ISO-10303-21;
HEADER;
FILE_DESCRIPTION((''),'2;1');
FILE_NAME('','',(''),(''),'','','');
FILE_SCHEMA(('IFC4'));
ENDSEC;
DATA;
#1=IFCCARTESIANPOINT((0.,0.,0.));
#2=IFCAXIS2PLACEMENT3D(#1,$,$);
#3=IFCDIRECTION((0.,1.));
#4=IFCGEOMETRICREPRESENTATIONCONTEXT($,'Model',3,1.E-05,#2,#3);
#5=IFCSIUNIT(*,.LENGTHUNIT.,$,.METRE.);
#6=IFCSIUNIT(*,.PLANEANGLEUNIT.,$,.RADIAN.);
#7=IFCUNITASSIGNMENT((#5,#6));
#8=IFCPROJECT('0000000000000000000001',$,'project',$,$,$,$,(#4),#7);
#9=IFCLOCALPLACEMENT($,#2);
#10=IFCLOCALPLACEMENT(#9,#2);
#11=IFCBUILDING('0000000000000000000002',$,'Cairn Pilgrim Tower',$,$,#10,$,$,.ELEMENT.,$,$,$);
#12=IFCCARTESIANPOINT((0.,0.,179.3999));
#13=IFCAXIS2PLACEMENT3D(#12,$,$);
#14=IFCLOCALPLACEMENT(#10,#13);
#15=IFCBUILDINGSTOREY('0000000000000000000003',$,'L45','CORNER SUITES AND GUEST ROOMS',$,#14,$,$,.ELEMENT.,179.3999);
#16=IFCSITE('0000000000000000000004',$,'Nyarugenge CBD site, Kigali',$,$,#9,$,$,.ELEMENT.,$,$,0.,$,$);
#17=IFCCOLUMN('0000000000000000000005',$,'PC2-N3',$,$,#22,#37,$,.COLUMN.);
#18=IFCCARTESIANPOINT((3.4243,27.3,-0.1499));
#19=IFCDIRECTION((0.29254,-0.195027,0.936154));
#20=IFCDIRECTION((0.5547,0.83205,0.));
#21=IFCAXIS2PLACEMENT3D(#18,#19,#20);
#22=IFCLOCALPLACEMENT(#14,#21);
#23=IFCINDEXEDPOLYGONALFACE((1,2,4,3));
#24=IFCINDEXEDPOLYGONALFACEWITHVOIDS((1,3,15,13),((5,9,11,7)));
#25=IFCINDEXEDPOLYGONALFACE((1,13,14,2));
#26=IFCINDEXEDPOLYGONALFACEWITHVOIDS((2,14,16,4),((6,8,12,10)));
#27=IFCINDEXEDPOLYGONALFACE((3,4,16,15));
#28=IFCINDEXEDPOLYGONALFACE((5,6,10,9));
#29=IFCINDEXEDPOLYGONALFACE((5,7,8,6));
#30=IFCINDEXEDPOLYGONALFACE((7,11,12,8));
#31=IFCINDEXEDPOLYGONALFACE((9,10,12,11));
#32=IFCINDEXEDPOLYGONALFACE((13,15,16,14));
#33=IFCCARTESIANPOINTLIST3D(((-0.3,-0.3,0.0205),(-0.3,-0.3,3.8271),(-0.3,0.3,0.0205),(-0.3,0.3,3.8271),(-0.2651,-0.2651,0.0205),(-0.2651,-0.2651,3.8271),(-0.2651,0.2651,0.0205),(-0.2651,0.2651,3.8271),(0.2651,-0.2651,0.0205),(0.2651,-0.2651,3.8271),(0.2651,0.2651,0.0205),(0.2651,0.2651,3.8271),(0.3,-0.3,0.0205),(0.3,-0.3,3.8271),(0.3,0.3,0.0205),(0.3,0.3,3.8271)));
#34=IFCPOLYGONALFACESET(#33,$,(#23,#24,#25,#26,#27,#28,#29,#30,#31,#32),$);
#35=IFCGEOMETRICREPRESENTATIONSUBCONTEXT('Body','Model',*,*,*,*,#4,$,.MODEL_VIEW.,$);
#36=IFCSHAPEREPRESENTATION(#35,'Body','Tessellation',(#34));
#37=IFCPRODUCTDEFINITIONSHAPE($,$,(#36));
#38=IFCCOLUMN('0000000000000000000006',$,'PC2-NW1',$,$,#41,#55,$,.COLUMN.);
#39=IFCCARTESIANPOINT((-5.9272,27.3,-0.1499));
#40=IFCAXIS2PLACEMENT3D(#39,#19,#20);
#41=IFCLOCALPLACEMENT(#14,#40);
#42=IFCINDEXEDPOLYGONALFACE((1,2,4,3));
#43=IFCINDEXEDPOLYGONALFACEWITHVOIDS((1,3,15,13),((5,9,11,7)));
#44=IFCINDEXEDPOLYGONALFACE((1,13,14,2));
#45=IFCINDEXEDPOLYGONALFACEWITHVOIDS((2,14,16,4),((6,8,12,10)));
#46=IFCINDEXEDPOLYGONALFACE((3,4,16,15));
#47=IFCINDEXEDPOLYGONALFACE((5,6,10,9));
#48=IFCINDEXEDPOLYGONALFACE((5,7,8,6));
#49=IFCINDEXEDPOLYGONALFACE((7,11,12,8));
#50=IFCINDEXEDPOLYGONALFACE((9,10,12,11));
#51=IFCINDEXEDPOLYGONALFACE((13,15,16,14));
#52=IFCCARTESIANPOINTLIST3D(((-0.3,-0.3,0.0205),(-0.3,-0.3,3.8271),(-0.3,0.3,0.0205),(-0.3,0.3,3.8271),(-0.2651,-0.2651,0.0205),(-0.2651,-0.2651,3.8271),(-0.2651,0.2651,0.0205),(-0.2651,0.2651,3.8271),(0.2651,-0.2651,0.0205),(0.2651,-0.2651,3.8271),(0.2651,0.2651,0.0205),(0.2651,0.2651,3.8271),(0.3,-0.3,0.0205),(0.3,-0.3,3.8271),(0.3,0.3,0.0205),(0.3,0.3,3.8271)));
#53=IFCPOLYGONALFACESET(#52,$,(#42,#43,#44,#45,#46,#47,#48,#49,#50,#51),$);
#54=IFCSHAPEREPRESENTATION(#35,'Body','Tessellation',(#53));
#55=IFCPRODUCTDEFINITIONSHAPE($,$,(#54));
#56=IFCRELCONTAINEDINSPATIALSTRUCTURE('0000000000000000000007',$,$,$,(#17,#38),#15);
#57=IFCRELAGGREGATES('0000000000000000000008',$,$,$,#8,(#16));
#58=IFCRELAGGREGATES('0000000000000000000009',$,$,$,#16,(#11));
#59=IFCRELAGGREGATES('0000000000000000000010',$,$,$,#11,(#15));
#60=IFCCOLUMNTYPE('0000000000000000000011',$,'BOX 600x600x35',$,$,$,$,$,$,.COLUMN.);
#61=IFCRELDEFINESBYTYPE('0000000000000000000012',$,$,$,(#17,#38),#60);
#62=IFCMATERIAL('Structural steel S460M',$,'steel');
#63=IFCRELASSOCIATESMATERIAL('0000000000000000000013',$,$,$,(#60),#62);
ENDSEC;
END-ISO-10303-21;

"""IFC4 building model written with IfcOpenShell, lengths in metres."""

from ifc_helpers import new_model, si_unit, direction, frame, origin, origin_2d, place, context, subcontext, project, spatial, hollow_rectangle, extrude, clip, halfspace, material, material_profile, profile_set, type_object, element, save


model = new_model("IFC4")

# Units and contexts
model_context = context("Model", 3, precision=1e-05, world=origin(), true_north=direction((0.0, 1.0)))
body_context = subcontext(model_context, "Body", "Model", "MODEL_VIEW")
ifc_project = project(units=[si_unit("LENGTHUNIT", "METRE"), si_unit("PLANEANGLEUNIT", "RADIAN")], contexts=[model_context])

# Site, building, storey
site_placement = place(None, origin())
site = spatial("IfcSite", under=ifc_project, at=site_placement, Name="Nyarugenge CBD site, Kigali", CompositionType="ELEMENT", RefElevation=0.0)
building_placement = place(site_placement, origin())
building = spatial("IfcBuilding", under=site, at=building_placement, Name="Cairn Pilgrim Tower", CompositionType="ELEMENT")
storey_placement = place(building_placement, frame((0.0, 0.0, 179.3999)))
storey = spatial("IfcBuildingStorey", under=building, at=storey_placement, Name="L45", Description="CORNER SUITES AND GUEST ROOMS", CompositionType="ELEMENT", Elevation=179.3999)

# Columns
ifc_material_1 = material(Name="Structural steel S460M", Category="steel")
ifc_material_profile_1 = material_profile(ifc_material_1, hollow_rectangle(XDim=0.6001, YDim=0.6001, WallThickness=0.0349, at=origin_2d()), Name="BOX 600x600x35")
ifc_profile_set_1 = profile_set([ifc_material_profile_1], Name="Structural steel S460M")
column_type = type_object("IfcColumnType", Name="BOX 600x600x35", PredefinedType="COLUMN", material=ifc_profile_set_1)
for number, where, z_axis, x_axis, name in (
    (1, (3.4243, 27.3, -0.1499), (0.29254, -0.195027, 0.936154), (0.5547, 0.83205, 0.0), "PC2-N3"),
    (2, (-5.9272, 27.3, -0.1499), (0.29254, -0.195027, 0.936154), (0.5547, 0.83205, 0.0), "PC2-NW1"),
):
    element("IfcColumn", number, at=place(storey_placement, frame(where, z_axis=z_axis, x_axis=x_axis)), inside=storey, type_object=column_type, Name=name, PredefinedType="COLUMN", context=body_context, shape_type="Clipping", body=[
        clip(clip(extrude(hollow_rectangle(XDim=0.6001, YDim=0.6001, WallThickness=0.0349, at=origin_2d()), origin(), (0.0, 0.0, 1.0), 3.8457), halfspace(frame((0.0, 0.0, 0.0205), z_axis=(0.0, 0.0, 1.0), x_axis=(1.0, 0.0, 0.0)), True)), halfspace(frame((0.0, 0.0, 3.8271), z_axis=(0.0, 0.0, 1.0), x_axis=(1.0, 0.0, 0.0)), False)),
    ])

save(model, "model.ifc")
